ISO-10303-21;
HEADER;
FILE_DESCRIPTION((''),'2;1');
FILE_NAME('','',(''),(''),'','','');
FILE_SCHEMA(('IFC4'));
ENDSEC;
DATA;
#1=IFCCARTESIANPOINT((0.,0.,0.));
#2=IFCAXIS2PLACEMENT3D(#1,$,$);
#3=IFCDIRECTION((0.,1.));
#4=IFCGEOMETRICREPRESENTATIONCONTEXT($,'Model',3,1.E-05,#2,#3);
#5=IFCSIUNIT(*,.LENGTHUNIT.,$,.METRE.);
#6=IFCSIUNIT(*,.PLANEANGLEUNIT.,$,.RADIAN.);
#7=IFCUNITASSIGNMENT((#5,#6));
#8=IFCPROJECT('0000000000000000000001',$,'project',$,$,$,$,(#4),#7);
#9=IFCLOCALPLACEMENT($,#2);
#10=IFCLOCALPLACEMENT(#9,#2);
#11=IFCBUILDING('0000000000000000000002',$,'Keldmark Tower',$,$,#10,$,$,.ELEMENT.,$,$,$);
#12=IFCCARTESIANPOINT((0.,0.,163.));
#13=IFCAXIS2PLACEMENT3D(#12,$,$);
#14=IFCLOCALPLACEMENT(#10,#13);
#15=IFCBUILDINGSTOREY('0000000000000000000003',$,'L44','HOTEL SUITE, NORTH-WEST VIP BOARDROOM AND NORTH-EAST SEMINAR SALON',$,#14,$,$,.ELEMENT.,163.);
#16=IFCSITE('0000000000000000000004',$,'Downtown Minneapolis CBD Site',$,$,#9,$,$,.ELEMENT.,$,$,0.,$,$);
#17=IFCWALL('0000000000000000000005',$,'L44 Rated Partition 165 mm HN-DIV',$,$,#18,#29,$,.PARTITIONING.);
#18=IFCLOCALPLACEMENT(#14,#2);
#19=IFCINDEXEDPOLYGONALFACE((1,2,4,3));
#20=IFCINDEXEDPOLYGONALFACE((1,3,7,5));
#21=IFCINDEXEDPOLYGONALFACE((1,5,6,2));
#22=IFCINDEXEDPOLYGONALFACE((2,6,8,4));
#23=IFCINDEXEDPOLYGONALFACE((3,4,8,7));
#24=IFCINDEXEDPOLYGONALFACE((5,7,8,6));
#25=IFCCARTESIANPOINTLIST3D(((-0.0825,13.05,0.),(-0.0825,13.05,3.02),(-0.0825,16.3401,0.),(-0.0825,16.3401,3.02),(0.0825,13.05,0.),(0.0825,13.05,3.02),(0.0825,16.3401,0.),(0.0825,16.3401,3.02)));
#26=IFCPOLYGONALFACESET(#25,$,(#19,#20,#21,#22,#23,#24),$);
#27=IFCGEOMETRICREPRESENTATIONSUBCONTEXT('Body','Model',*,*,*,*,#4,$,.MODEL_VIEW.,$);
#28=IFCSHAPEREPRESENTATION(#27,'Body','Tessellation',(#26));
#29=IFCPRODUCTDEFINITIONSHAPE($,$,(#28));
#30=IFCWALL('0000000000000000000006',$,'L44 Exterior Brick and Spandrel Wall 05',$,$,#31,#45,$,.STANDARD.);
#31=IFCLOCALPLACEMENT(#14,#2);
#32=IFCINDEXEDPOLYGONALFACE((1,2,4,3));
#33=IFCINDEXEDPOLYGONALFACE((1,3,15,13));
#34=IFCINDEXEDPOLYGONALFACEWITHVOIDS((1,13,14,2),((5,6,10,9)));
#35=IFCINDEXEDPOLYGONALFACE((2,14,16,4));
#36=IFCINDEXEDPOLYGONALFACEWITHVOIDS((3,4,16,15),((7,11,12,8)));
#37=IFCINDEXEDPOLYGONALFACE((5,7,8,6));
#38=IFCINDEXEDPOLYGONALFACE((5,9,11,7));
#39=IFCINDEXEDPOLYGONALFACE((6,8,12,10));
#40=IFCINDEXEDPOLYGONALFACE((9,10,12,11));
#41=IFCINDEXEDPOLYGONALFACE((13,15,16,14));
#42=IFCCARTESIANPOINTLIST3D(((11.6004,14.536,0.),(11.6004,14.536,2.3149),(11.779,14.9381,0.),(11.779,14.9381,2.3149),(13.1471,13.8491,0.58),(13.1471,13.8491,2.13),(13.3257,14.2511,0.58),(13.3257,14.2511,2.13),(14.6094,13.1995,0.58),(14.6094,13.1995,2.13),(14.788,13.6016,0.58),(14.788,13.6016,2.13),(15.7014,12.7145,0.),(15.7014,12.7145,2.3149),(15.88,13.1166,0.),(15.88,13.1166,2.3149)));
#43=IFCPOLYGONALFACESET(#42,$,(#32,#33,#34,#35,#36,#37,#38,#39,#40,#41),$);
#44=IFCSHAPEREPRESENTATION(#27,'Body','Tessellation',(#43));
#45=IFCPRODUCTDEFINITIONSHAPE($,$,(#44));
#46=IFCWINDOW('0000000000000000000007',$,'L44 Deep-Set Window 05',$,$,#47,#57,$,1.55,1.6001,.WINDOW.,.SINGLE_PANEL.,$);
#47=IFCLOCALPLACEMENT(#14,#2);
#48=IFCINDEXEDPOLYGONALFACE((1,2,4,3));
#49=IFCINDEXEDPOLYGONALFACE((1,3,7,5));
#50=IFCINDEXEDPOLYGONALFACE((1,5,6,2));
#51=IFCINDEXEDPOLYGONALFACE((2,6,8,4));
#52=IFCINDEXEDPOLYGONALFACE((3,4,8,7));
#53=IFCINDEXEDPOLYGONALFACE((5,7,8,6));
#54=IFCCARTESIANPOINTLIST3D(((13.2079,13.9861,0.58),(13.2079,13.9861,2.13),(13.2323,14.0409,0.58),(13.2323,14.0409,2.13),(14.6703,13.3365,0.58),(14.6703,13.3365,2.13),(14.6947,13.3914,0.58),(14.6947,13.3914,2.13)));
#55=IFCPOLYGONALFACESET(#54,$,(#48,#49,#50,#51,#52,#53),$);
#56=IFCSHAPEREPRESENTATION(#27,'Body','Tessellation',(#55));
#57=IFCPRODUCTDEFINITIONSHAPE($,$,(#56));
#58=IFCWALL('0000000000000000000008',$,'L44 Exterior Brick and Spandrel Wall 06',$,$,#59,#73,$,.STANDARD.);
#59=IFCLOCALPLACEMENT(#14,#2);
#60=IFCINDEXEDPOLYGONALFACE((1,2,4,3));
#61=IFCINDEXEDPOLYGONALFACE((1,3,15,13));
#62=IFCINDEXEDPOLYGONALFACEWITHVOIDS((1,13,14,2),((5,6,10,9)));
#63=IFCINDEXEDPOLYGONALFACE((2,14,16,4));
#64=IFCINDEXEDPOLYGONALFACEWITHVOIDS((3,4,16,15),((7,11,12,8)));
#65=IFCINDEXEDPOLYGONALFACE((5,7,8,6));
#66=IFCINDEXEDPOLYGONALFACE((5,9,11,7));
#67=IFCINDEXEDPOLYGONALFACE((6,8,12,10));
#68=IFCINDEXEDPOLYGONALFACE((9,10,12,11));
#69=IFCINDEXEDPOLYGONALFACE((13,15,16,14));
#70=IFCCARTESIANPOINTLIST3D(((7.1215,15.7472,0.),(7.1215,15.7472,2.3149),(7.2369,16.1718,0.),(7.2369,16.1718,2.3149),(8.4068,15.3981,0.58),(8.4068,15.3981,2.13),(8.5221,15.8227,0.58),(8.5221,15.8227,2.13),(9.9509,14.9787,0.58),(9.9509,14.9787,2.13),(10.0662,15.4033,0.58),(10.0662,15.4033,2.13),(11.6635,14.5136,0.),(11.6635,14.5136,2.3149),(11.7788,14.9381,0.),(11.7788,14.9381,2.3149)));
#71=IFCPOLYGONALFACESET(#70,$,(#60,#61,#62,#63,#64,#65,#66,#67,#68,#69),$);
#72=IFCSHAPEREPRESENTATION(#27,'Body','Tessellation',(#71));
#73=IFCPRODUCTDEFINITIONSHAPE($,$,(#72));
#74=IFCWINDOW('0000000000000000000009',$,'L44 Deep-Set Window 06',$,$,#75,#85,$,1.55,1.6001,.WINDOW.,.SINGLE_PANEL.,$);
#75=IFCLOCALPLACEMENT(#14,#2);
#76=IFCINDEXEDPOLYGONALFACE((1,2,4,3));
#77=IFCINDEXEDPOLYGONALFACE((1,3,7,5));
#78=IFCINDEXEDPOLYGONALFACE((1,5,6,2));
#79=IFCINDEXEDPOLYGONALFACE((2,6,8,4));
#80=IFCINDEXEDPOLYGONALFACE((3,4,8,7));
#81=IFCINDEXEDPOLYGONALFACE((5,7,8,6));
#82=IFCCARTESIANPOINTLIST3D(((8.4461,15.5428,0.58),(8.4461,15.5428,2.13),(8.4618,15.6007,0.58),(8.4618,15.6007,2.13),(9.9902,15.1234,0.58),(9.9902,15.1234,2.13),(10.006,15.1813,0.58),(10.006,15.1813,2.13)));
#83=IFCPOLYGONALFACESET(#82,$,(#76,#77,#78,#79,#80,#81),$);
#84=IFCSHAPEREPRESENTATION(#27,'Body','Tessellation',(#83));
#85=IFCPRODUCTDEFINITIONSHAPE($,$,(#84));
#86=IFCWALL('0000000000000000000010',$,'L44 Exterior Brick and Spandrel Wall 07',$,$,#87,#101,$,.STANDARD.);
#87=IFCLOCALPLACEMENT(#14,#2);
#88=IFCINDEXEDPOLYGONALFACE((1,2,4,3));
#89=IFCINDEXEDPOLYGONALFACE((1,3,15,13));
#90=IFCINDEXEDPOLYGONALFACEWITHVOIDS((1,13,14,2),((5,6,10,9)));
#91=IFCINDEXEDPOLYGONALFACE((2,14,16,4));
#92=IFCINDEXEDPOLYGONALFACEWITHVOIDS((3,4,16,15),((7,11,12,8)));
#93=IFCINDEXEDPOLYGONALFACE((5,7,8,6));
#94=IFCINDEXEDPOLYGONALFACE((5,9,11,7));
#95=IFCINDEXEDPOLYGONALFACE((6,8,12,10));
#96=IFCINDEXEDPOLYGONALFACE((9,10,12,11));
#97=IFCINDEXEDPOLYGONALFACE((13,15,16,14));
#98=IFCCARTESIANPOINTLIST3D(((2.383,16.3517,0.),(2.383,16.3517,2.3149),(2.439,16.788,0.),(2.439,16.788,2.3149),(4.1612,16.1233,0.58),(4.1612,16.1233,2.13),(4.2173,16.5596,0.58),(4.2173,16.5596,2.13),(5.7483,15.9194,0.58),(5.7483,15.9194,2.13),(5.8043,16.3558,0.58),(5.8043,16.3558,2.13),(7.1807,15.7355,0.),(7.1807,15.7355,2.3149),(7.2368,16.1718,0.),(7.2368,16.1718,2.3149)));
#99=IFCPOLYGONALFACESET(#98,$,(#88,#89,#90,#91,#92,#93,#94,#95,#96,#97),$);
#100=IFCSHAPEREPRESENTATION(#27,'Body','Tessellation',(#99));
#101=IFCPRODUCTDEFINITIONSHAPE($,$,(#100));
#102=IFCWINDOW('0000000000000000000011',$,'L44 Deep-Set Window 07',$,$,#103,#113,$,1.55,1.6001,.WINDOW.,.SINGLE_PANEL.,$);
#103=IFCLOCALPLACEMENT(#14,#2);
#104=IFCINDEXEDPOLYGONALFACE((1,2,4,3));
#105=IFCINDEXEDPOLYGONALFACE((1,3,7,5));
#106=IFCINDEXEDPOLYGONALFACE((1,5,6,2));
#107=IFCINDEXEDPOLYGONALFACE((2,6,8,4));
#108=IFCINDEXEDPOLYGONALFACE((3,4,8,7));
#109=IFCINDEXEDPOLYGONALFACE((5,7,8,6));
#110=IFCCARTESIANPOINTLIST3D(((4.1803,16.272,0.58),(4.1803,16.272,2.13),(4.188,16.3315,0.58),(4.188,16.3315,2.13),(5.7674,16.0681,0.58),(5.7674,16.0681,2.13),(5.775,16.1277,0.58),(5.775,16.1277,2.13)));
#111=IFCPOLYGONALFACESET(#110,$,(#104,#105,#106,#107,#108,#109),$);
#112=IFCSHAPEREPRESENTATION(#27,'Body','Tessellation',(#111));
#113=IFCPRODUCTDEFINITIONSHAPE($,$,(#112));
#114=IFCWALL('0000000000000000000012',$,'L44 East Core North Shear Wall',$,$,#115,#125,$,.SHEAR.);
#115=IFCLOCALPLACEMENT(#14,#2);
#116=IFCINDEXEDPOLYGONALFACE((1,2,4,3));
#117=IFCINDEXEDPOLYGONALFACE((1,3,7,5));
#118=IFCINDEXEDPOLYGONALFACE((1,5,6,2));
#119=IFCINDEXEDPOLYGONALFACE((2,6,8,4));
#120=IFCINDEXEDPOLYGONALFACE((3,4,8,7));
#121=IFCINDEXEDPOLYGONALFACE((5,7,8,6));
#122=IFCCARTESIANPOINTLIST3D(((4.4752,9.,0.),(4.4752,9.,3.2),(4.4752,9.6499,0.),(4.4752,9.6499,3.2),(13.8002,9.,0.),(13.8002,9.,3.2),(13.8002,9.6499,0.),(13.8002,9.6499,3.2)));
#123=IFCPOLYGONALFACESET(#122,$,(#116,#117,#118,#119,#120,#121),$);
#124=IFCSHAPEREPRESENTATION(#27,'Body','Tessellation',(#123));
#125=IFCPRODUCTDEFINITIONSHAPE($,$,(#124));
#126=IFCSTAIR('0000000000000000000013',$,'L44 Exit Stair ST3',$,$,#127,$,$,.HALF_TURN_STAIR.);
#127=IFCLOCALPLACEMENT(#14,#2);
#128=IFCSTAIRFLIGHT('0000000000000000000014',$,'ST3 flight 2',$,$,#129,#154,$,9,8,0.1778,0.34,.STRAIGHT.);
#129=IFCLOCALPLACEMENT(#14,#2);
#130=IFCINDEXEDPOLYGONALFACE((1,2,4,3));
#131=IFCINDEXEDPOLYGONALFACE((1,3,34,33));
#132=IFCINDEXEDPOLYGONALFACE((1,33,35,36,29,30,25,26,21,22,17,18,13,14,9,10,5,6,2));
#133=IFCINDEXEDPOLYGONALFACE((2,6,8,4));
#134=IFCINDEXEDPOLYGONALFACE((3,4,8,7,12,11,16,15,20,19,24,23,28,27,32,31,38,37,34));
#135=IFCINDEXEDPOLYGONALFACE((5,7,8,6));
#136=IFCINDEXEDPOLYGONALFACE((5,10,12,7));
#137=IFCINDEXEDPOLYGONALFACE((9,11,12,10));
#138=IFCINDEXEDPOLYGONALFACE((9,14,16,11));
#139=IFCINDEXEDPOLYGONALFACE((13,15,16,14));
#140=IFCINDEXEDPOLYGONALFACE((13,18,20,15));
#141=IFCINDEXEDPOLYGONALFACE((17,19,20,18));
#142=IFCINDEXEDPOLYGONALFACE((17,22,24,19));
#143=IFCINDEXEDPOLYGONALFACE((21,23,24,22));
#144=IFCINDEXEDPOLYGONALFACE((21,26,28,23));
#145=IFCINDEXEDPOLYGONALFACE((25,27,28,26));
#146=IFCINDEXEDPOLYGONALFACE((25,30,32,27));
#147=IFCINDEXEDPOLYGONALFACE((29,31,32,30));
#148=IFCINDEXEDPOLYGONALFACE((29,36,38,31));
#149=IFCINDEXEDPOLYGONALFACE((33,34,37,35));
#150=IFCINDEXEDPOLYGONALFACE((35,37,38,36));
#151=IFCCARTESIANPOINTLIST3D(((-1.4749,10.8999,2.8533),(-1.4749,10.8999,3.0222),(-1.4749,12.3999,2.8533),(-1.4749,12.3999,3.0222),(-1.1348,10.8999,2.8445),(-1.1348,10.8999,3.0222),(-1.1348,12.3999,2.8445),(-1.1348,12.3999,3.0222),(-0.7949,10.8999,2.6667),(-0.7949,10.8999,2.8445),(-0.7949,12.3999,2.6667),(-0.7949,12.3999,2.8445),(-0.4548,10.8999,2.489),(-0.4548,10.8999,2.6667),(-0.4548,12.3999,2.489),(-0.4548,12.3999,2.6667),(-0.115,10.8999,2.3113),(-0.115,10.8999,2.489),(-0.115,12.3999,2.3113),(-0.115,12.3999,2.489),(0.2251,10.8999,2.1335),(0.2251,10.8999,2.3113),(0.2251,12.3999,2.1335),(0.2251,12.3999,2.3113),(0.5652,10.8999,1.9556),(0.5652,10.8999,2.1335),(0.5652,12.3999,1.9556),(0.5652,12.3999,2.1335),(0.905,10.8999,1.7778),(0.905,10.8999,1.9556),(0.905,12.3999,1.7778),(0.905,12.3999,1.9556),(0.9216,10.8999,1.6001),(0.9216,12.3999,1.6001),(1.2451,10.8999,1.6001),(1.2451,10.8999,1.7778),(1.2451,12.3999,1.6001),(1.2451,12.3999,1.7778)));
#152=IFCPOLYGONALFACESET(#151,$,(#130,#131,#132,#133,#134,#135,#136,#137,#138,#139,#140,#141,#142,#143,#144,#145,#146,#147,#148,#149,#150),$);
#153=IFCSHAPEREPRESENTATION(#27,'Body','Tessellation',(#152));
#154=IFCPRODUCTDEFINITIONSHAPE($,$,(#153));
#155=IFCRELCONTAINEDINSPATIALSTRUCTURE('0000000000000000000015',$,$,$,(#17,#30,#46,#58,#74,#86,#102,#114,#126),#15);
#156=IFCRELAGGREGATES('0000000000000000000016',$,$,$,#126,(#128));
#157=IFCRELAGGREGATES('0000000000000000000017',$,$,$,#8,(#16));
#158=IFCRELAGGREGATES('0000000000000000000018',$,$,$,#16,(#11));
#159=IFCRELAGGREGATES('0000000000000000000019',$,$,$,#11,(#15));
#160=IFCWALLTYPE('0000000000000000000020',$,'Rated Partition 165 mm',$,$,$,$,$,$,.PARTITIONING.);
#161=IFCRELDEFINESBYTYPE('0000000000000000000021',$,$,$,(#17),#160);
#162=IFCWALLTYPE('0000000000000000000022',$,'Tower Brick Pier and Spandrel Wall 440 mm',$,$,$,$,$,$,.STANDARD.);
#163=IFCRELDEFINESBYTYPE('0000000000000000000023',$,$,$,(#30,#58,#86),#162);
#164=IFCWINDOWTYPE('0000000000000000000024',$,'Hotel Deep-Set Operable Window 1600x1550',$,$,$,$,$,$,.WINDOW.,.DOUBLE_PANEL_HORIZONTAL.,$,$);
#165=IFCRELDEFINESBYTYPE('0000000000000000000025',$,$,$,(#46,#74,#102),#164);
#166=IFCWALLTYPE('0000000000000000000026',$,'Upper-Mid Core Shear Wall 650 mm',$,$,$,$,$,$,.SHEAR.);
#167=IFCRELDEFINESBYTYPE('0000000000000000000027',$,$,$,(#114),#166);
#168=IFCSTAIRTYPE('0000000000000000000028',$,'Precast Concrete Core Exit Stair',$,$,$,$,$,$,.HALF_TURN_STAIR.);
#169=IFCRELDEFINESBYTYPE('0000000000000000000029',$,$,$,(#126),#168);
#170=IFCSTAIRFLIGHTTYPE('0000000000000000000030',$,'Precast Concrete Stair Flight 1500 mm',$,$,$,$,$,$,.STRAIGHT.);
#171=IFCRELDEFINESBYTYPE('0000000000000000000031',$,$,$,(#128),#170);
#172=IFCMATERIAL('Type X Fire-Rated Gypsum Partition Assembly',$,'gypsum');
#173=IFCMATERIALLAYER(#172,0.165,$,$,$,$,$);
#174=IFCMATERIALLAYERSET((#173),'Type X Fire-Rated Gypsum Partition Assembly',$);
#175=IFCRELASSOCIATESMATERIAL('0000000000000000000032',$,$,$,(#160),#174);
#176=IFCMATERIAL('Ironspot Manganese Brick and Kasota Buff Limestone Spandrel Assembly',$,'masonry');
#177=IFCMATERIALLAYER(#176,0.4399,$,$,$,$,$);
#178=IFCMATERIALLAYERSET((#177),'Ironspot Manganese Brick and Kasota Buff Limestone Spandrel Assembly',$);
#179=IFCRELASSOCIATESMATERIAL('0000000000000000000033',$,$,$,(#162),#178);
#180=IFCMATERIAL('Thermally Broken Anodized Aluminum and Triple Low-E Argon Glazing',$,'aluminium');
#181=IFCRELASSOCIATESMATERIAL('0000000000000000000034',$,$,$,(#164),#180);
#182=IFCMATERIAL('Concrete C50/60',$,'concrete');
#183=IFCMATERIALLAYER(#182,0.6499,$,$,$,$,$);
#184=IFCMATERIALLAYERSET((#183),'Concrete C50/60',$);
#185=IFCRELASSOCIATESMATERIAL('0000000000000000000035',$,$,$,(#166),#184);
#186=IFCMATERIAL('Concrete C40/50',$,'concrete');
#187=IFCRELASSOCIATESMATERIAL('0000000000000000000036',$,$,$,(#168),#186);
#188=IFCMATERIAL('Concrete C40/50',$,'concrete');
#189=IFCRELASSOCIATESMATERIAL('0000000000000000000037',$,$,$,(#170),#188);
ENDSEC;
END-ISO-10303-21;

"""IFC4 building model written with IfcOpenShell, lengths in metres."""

from ifc_helpers import new_model, si_unit, direction, frame, frame_2d, origin, place, context, subcontext, project, spatial, polyline, rectangle, outline, extrude, material, layer, layer_set, type_object, element, fill, aggregate, save


model = new_model("IFC4")

# Units and contexts
model_context = context("Model", 3, precision=1e-05, world=origin(), true_north=direction((0.0, 1.0)))
body_context = subcontext(model_context, "Body", "Model", "MODEL_VIEW")
ifc_project = project(units=[si_unit("LENGTHUNIT", "METRE"), si_unit("PLANEANGLEUNIT", "RADIAN")], contexts=[model_context])

# Site, building, storey
site_placement = place(None, origin())
site = spatial("IfcSite", under=ifc_project, at=site_placement, Name="Downtown Minneapolis CBD Site", CompositionType="ELEMENT", RefElevation=0.0)
building_placement = place(site_placement, origin())
building = spatial("IfcBuilding", under=site, at=building_placement, Name="Keldmark Tower", CompositionType="ELEMENT")
storey_placement = place(building_placement, frame((0.0, 0.0, 163.0)))
storey = spatial("IfcBuildingStorey", under=building, at=storey_placement, Name="L44", Description="HOTEL SUITE, NORTH-WEST VIP BOARDROOM AND NORTH-EAST SEMINAR SALON", CompositionType="ELEMENT", Elevation=163.0)

# Wall
ifc_material_1 = material(Name="Type X Fire-Rated Gypsum Partition Assembly", Category="gypsum")
ifc_layer_1 = layer(ifc_material_1, 0.165)
ifc_layer_set_1 = layer_set([ifc_layer_1], Name="Type X Fire-Rated Gypsum Partition Assembly")
wall_type_1 = type_object("IfcWallType", Name="Rated Partition 165 mm", PredefinedType="PARTITIONING", material=ifc_layer_set_1)
wall_1_placement = place(storey_placement, frame((0.0, 13.05, 0.0), z_axis=(0.0, 0.0, 1.0), x_axis=(0.0, 1.0, 0.0)))
element("IfcWall", 1, at=wall_1_placement, inside=storey, type_object=wall_type_1, Name="L44 Rated Partition 165 mm HN-DIV", PredefinedType="PARTITIONING", context=body_context, shape_type="SweptSolid", body=[
    extrude(rectangle(XDim=3.29, YDim=0.165, at=frame_2d((1.645, 0.0))), origin(), (0.0, 0.0, 1.0), 3.02),
])

# Walls, openings, windows
ifc_material_2 = material(Name="Ironspot Manganese Brick and Kasota Buff Limestone Spandrel Assembly", Category="masonry")
ifc_layer_2 = layer(ifc_material_2, 0.4399)
ifc_layer_set_2 = layer_set([ifc_layer_2], Name="Ironspot Manganese Brick and Kasota Buff Limestone Spandrel Assembly")
wall_type_2 = type_object("IfcWallType", Name="Tower Brick Pier and Spandrel Wall 440 mm", PredefinedType="STANDARD", material=ifc_layer_set_2)
wall_2_placement = place(storey_placement, frame((11.6897, 14.7371, 0.0), z_axis=(0.0, 0.0, 1.0), x_axis=(0.913908, -0.405921, 0.0)))
wall_2 = element("IfcWall", 2, at=wall_2_placement, inside=storey, type_object=wall_type_2, Name="L44 Exterior Brick and Spandrel Wall 05", PredefinedType="STANDARD", context=body_context, shape_type="SweptSolid", body=[
    extrude(rectangle(XDim=4.4873, YDim=0.4399, at=frame_2d((2.2437, 0.0))), origin(), (0.0, 0.0, 1.0), 2.3149),
])
opening_1_placement = place(wall_2_placement, frame((1.6924, 0.0, 0.5801)))
opening_1 = element("IfcOpeningElement", 3, at=opening_1_placement, cuts=wall_2, PredefinedType="OPENING", context=body_context, shape_type="SweptSolid", body=[
    extrude(rectangle(XDim=1.6001, YDim=1.55, at=frame_2d((0.8, 0.7749))), frame((0.0, 0.23, 0.0), z_axis=(0.0, -1.0, 0.0), x_axis=(1.0, 0.0, 0.0)), (0.0, 0.0, 1.0), 0.46),
])
ifc_material_3 = material(Name="Thermally Broken Anodized Aluminum and Triple Low-E Argon Glazing", Category="aluminium")
window_type = type_object("IfcWindowType", Name="Hotel Deep-Set Operable Window 1600x1550", PartitioningType="DOUBLE_PANEL_HORIZONTAL", PredefinedType="WINDOW", material=ifc_material_3)
window_1_placement = place(opening_1_placement, origin())
window_1 = element("IfcWindow", 4, at=window_1_placement, inside=storey, type_object=window_type, Name="L44 Deep-Set Window 05", OverallHeight=1.55, OverallWidth=1.6001, PartitioningType="SINGLE_PANEL", PredefinedType="WINDOW", context=body_context, shape_type="SweptSolid", body=[
    extrude(rectangle(XDim=1.6001, YDim=1.55, at=frame_2d((0.8, 0.7749))), frame((0.0, -0.01, 0.0), z_axis=(0.0, -1.0, 0.0), x_axis=(1.0, 0.0, 0.0)), (0.0, 0.0, 1.0), 0.0601),
])
fill(opening_1, window_1)
wall_3_placement = place(storey_placement, frame((7.1792, 15.9595, 0.0), z_axis=(0.0, 0.0, 1.0), x_axis=(0.965037, -0.262112, 0.0)))
wall_3 = element("IfcWall", 5, at=wall_3_placement, inside=storey, type_object=wall_type_2, Name="L44 Exterior Brick and Spandrel Wall 06", PredefinedType="STANDARD", context=body_context, shape_type="SweptSolid", body=[
    extrude(rectangle(XDim=4.7065, YDim=0.4399, at=frame_2d((2.3533, 0.0))), origin(), (0.0, 0.0, 1.0), 2.3149),
])
opening_2_placement = place(wall_3_placement, frame((1.3318, 0.0, 0.5801)))
opening_2 = element("IfcOpeningElement", 6, at=opening_2_placement, cuts=wall_3, PredefinedType="OPENING", context=body_context, shape_type="SweptSolid", body=[
    extrude(rectangle(XDim=1.6001, YDim=1.55, at=frame_2d((0.8, 0.7749))), frame((0.0, 0.23, 0.0), z_axis=(0.0, -1.0, 0.0), x_axis=(1.0, 0.0, 0.0)), (0.0, 0.0, 1.0), 0.46),
])
window_2_placement = place(opening_2_placement, origin())
window_2 = element("IfcWindow", 7, at=window_2_placement, inside=storey, type_object=window_type, Name="L44 Deep-Set Window 06", OverallHeight=1.55, OverallWidth=1.6001, PartitioningType="SINGLE_PANEL", PredefinedType="WINDOW", context=body_context, shape_type="SweptSolid", body=[
    extrude(rectangle(XDim=1.6001, YDim=1.55, at=frame_2d((0.8, 0.7749))), frame((0.0, -0.01, 0.0), z_axis=(0.0, -1.0, 0.0), x_axis=(1.0, 0.0, 0.0)), (0.0, 0.0, 1.0), 0.0601),
])
fill(opening_2, window_2)
wall_4_placement = place(storey_placement, frame((2.4111, 16.5698, 0.0), z_axis=(0.0, 0.0, 1.0), x_axis=(0.991853, -0.127388, 0.0)))
wall_4 = element("IfcWall", 8, at=wall_4_placement, inside=storey, type_object=wall_type_2, Name="L44 Exterior Brick and Spandrel Wall 07", PredefinedType="STANDARD", context=body_context, shape_type="SweptSolid", body=[
    extrude(rectangle(XDim=4.8372, YDim=0.4399, at=frame_2d((2.4185, 0.0))), origin(), (0.0, 0.0, 1.0), 2.3149),
])
opening_3_placement = place(wall_4_placement, frame((1.7927, 0.0, 0.5801)))
opening_3 = element("IfcOpeningElement", 9, at=opening_3_placement, cuts=wall_4, PredefinedType="OPENING", context=body_context, shape_type="SweptSolid", body=[
    extrude(rectangle(XDim=1.6001, YDim=1.55, at=frame_2d((0.8, 0.7749))), frame((0.0, 0.23, 0.0), z_axis=(0.0, -1.0, 0.0), x_axis=(1.0, 0.0, 0.0)), (0.0, 0.0, 1.0), 0.46),
])
window_3_placement = place(opening_3_placement, origin())
window_3 = element("IfcWindow", 10, at=window_3_placement, inside=storey, type_object=window_type, Name="L44 Deep-Set Window 07", OverallHeight=1.55, OverallWidth=1.6001, PartitioningType="SINGLE_PANEL", PredefinedType="WINDOW", context=body_context, shape_type="SweptSolid", body=[
    extrude(rectangle(XDim=1.6001, YDim=1.55, at=frame_2d((0.8, 0.7749))), frame((0.0, -0.01, 0.0), z_axis=(0.0, -1.0, 0.0), x_axis=(1.0, 0.0, 0.0)), (0.0, 0.0, 1.0), 0.0601),
])
fill(opening_3, window_3)

# Wall
ifc_material_4 = material(Name="Concrete C50/60", Category="concrete")
ifc_layer_3 = layer(ifc_material_4, 0.6499)
ifc_layer_set_3 = layer_set([ifc_layer_3], Name="Concrete C50/60")
wall_type_3 = type_object("IfcWallType", Name="Upper-Mid Core Shear Wall 650 mm", PredefinedType="SHEAR", material=ifc_layer_set_3)
wall_5_placement = place(storey_placement, frame((4.4751, 9.325, 0.0), z_axis=(0.0, 0.0, 1.0), x_axis=(1.0, 0.0, 0.0)))
element("IfcWall", 11, at=wall_5_placement, inside=storey, type_object=wall_type_3, Name="L44 East Core North Shear Wall", PredefinedType="SHEAR", context=body_context, shape_type="SweptSolid", body=[
    extrude(rectangle(XDim=9.325, YDim=0.6499, at=frame_2d((4.6626, 0.0))), origin(), (0.0, 0.0, 1.0), 3.2),
])

# Stair, stair flight
ifc_material_5 = material(Name="Concrete C40/50", Category="concrete")
stair_type = type_object("IfcStairType", Name="Precast Concrete Core Exit Stair", PredefinedType="HALF_TURN_STAIR", material=ifc_material_5)
stair_placement = place(storey_placement, origin())
stair = element("IfcStair", 12, at=stair_placement, inside=storey, type_object=stair_type, Name="L44 Exit Stair ST3", PredefinedType="HALF_TURN_STAIR")
ifc_material_6 = material(Name="Concrete C40/50", Category="concrete")
stair_flight_type = type_object("IfcStairFlightType", Name="Precast Concrete Stair Flight 1500 mm", PredefinedType="STRAIGHT", material=ifc_material_6)
stair_flight_placement = place(storey_placement, frame((1.2451, 11.6499, 1.6001), z_axis=(0.0, 0.0, 1.0), x_axis=(-1.0, 0.0, 0.0)))
stair_flight = element("IfcStairFlight", 13, at=stair_flight_placement, type_object=stair_flight_type, Name="ST3 flight 2", NumberOfRisers=9, NumberOfTreads=8, PredefinedType="STRAIGHT", RiserHeight=0.1778, TreadLength=0.34, context=body_context, shape_type="SweptSolid", body=[
    extrude(outline(polyline([(0.0, 0.0), (0.0, 0.1777), (0.3401, 0.1777), (0.3401, 0.3555), (0.6799, 0.3555), (0.6799, 0.5334), (1.02, 0.5334), (1.02, 0.7112), (1.3601, 0.7112), (1.3601, 0.8889), (1.7, 0.8889), (1.7, 1.0667), (2.04, 1.0667), (2.04, 1.2444), (2.3799, 1.2444), (2.3799, 1.4221), (2.72, 1.4221), (2.72, 1.6001), (2.72, 1.2532), (0.3235, 0.0), (0.0, 0.0)])), frame((0.0, 0.75, 0.0), z_axis=(0.0, -1.0, 0.0), x_axis=(1.0, 0.0, 0.0)), (0.0, 0.0, 1.0), 1.5),
])
aggregate(stair, [stair_flight])

save(model, "model.ifc")
